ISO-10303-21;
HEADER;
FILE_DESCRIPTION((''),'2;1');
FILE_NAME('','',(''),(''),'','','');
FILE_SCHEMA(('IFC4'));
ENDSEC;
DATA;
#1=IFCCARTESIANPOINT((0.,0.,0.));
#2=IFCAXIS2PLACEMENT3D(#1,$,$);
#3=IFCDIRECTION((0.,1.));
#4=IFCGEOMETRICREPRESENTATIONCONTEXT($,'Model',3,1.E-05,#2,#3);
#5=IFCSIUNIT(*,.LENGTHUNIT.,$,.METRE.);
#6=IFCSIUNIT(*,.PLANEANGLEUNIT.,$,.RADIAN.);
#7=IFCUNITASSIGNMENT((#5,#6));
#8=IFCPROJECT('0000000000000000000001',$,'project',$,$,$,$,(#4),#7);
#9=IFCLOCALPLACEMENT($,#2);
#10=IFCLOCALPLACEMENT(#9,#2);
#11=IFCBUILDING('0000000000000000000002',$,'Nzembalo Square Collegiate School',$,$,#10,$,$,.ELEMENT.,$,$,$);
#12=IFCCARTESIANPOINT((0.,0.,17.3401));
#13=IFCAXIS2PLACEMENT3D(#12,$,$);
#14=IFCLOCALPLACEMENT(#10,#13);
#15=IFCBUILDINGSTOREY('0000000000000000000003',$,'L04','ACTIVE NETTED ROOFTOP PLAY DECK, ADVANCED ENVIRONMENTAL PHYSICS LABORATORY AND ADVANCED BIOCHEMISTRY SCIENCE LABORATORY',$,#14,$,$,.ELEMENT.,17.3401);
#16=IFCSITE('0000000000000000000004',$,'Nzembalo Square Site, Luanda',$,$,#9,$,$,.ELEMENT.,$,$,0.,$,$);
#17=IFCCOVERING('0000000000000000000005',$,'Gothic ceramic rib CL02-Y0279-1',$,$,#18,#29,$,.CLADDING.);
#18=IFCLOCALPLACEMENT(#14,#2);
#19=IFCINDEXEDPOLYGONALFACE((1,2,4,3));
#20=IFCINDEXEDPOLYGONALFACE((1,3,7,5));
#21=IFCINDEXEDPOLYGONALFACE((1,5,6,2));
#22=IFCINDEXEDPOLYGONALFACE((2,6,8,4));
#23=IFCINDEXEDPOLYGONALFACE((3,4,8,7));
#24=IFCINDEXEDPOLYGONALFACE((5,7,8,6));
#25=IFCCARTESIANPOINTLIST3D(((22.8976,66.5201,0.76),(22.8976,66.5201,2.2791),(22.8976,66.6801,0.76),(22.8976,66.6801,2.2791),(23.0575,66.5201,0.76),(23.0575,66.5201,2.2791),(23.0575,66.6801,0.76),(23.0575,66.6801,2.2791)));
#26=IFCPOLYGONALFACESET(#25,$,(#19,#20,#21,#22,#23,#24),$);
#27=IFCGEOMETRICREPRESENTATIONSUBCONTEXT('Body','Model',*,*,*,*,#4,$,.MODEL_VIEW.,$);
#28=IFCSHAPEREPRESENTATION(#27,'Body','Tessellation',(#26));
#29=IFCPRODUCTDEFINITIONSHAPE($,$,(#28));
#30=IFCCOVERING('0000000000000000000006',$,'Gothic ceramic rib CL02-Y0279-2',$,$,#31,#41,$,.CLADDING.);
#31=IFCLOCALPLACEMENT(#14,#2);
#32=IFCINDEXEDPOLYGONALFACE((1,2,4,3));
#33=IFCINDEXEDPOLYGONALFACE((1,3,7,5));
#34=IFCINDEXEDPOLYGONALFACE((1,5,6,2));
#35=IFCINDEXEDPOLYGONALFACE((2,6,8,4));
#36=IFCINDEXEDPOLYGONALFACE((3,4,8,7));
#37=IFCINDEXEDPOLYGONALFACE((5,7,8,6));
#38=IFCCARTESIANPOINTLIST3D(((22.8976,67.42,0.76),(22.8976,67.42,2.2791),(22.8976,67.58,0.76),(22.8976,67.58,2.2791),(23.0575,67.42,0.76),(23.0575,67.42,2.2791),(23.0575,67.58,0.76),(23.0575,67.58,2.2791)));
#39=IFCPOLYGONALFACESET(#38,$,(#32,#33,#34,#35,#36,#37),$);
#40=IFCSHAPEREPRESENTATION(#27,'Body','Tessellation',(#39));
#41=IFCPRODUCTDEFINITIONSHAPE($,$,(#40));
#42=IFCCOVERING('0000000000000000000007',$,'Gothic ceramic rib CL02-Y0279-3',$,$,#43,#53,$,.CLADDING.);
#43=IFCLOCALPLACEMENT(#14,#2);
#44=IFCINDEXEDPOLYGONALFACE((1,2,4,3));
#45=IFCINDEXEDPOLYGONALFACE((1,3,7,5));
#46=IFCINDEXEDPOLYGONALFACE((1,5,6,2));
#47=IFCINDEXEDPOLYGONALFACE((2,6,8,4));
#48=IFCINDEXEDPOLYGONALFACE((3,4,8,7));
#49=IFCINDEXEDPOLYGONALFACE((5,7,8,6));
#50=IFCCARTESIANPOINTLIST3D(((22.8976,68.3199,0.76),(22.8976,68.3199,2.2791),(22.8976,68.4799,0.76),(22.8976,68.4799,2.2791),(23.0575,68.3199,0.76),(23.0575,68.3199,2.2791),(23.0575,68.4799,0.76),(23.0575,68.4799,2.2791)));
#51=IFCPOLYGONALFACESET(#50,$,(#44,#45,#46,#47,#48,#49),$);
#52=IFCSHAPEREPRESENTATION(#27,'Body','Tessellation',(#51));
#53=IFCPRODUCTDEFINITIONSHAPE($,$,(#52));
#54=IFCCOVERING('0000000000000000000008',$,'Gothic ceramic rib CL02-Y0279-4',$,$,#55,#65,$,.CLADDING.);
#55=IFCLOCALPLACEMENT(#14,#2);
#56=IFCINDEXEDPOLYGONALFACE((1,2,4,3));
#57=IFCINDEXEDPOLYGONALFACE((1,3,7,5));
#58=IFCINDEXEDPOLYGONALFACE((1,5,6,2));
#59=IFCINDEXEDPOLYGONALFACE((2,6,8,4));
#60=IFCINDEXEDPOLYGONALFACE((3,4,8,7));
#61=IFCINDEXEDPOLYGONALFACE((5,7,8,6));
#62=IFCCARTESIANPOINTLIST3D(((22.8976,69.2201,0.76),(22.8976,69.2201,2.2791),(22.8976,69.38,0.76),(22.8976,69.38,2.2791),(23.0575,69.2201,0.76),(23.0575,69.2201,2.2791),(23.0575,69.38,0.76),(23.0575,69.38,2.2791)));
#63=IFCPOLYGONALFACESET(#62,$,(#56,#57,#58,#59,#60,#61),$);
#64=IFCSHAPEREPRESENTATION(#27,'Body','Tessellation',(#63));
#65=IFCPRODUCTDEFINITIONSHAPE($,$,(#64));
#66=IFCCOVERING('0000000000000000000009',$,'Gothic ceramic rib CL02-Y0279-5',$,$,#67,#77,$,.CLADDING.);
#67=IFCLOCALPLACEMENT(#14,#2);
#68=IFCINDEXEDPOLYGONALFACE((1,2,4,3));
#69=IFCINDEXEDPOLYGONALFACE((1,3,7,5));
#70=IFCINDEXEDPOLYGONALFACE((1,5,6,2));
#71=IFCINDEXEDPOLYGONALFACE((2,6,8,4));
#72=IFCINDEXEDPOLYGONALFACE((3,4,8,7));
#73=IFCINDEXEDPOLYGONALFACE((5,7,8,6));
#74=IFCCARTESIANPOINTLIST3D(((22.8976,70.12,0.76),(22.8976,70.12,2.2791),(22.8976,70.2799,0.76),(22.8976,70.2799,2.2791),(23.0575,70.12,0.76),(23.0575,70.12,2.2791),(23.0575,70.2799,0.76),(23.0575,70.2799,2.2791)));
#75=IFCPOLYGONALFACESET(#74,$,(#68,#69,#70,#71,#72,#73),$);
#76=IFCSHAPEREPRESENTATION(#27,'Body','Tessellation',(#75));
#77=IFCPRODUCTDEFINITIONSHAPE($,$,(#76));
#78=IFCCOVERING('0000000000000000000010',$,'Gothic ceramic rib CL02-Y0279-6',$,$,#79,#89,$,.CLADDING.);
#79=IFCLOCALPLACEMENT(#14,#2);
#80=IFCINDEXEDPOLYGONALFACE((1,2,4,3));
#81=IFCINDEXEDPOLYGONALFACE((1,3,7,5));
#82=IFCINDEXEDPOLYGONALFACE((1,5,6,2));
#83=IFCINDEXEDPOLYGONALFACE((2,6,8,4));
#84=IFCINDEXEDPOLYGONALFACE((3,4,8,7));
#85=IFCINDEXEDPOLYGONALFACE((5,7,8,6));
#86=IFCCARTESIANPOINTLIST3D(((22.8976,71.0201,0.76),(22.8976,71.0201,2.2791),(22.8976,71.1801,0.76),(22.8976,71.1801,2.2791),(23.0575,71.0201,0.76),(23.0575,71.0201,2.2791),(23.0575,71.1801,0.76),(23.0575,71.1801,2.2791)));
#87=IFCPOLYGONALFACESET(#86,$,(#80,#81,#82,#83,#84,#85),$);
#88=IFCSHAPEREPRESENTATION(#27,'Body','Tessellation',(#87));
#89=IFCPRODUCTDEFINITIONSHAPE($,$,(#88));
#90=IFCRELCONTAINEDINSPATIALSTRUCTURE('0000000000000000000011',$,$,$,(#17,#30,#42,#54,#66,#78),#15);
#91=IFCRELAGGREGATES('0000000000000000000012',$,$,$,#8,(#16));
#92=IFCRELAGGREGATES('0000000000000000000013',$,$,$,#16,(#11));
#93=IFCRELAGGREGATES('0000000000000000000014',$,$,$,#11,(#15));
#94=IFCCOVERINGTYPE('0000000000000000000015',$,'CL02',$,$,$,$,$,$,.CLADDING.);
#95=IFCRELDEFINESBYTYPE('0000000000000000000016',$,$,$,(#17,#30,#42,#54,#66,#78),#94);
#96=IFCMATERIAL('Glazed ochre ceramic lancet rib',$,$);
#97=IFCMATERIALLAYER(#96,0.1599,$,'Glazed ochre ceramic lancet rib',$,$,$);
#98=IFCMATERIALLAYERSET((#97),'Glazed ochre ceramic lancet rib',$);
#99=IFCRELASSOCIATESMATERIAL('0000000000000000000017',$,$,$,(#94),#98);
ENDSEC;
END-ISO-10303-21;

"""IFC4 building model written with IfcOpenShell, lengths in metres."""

from ifc_helpers import new_model, si_unit, direction, frame, origin, origin_2d, place, context, subcontext, project, spatial, rectangle, extrude, material, layer, layer_set, type_object, element, save


model = new_model("IFC4")

# Units and contexts
model_context = context("Model", 3, precision=1e-05, world=origin(), true_north=direction((0.0, 1.0)))
body_context = subcontext(model_context, "Body", "Model", "MODEL_VIEW")
ifc_project = project(units=[si_unit("LENGTHUNIT", "METRE"), si_unit("PLANEANGLEUNIT", "RADIAN")], contexts=[model_context])

# Site, building, storey
site_placement = place(None, origin())
site = spatial("IfcSite", under=ifc_project, at=site_placement, Name="Nzembalo Square Site, Luanda", CompositionType="ELEMENT", RefElevation=0.0)
building_placement = place(site_placement, origin())
building = spatial("IfcBuilding", under=site, at=building_placement, Name="Nzembalo Square Collegiate School", CompositionType="ELEMENT")
storey_placement = place(building_placement, frame((0.0, 0.0, 17.3401)))
storey = spatial("IfcBuildingStorey", under=building, at=storey_placement, Name="L04", Description="ACTIVE NETTED ROOFTOP PLAY DECK, ADVANCED ENVIRONMENTAL PHYSICS LABORATORY AND ADVANCED BIOCHEMISTRY SCIENCE LABORATORY", CompositionType="ELEMENT", Elevation=17.3401)

# Coverings
ifc_material_1 = material(Name="Glazed ochre ceramic lancet rib")
ifc_layer_1 = layer(ifc_material_1, 0.1599, Name="Glazed ochre ceramic lancet rib")
ifc_layer_set_1 = layer_set([ifc_layer_1], Name="Glazed ochre ceramic lancet rib")
covering_type_1 = type_object("IfcCoveringType", Name="CL02", PredefinedType="CLADDING", material=ifc_layer_set_1)
for number, where, z_axis, x_axis, name in (
    (1, (22.9775, 66.6001, 0.76), (0.0, 0.0, 1.0), (1.0, 0.0, 0.0), "Gothic ceramic rib CL02-Y0279-1"),
    (2, (22.9775, 67.5, 0.76), (0.0, 0.0, 1.0), (1.0, 0.0, 0.0), "Gothic ceramic rib CL02-Y0279-2"),
    (3, (22.9775, 68.3999, 0.76), (0.0, 0.0, 1.0), (1.0, 0.0, 0.0), "Gothic ceramic rib CL02-Y0279-3"),
    (4, (22.9775, 69.3, 0.76), (0.0, 0.0, 1.0), (1.0, 0.0, 0.0), "Gothic ceramic rib CL02-Y0279-4"),
    (5, (22.9775, 70.2, 0.76), (0.0, 0.0, 1.0), (1.0, 0.0, 0.0), "Gothic ceramic rib CL02-Y0279-5"),
    (6, (22.9775, 71.1001, 0.76), (0.0, 0.0, 1.0), (1.0, 0.0, 0.0), "Gothic ceramic rib CL02-Y0279-6"),
):
    element("IfcCovering", number, at=place(storey_placement, frame(where, z_axis=z_axis, x_axis=x_axis)), inside=storey, type_object=covering_type_1, Name=name, PredefinedType="CLADDING", context=body_context, shape_type="SweptSolid", body=[
        extrude(rectangle(XDim=0.1599, YDim=0.1599, at=origin_2d()), origin(), (0.0, 0.0, 1.0), 1.519),
    ])

save(model, "model.ifc")
